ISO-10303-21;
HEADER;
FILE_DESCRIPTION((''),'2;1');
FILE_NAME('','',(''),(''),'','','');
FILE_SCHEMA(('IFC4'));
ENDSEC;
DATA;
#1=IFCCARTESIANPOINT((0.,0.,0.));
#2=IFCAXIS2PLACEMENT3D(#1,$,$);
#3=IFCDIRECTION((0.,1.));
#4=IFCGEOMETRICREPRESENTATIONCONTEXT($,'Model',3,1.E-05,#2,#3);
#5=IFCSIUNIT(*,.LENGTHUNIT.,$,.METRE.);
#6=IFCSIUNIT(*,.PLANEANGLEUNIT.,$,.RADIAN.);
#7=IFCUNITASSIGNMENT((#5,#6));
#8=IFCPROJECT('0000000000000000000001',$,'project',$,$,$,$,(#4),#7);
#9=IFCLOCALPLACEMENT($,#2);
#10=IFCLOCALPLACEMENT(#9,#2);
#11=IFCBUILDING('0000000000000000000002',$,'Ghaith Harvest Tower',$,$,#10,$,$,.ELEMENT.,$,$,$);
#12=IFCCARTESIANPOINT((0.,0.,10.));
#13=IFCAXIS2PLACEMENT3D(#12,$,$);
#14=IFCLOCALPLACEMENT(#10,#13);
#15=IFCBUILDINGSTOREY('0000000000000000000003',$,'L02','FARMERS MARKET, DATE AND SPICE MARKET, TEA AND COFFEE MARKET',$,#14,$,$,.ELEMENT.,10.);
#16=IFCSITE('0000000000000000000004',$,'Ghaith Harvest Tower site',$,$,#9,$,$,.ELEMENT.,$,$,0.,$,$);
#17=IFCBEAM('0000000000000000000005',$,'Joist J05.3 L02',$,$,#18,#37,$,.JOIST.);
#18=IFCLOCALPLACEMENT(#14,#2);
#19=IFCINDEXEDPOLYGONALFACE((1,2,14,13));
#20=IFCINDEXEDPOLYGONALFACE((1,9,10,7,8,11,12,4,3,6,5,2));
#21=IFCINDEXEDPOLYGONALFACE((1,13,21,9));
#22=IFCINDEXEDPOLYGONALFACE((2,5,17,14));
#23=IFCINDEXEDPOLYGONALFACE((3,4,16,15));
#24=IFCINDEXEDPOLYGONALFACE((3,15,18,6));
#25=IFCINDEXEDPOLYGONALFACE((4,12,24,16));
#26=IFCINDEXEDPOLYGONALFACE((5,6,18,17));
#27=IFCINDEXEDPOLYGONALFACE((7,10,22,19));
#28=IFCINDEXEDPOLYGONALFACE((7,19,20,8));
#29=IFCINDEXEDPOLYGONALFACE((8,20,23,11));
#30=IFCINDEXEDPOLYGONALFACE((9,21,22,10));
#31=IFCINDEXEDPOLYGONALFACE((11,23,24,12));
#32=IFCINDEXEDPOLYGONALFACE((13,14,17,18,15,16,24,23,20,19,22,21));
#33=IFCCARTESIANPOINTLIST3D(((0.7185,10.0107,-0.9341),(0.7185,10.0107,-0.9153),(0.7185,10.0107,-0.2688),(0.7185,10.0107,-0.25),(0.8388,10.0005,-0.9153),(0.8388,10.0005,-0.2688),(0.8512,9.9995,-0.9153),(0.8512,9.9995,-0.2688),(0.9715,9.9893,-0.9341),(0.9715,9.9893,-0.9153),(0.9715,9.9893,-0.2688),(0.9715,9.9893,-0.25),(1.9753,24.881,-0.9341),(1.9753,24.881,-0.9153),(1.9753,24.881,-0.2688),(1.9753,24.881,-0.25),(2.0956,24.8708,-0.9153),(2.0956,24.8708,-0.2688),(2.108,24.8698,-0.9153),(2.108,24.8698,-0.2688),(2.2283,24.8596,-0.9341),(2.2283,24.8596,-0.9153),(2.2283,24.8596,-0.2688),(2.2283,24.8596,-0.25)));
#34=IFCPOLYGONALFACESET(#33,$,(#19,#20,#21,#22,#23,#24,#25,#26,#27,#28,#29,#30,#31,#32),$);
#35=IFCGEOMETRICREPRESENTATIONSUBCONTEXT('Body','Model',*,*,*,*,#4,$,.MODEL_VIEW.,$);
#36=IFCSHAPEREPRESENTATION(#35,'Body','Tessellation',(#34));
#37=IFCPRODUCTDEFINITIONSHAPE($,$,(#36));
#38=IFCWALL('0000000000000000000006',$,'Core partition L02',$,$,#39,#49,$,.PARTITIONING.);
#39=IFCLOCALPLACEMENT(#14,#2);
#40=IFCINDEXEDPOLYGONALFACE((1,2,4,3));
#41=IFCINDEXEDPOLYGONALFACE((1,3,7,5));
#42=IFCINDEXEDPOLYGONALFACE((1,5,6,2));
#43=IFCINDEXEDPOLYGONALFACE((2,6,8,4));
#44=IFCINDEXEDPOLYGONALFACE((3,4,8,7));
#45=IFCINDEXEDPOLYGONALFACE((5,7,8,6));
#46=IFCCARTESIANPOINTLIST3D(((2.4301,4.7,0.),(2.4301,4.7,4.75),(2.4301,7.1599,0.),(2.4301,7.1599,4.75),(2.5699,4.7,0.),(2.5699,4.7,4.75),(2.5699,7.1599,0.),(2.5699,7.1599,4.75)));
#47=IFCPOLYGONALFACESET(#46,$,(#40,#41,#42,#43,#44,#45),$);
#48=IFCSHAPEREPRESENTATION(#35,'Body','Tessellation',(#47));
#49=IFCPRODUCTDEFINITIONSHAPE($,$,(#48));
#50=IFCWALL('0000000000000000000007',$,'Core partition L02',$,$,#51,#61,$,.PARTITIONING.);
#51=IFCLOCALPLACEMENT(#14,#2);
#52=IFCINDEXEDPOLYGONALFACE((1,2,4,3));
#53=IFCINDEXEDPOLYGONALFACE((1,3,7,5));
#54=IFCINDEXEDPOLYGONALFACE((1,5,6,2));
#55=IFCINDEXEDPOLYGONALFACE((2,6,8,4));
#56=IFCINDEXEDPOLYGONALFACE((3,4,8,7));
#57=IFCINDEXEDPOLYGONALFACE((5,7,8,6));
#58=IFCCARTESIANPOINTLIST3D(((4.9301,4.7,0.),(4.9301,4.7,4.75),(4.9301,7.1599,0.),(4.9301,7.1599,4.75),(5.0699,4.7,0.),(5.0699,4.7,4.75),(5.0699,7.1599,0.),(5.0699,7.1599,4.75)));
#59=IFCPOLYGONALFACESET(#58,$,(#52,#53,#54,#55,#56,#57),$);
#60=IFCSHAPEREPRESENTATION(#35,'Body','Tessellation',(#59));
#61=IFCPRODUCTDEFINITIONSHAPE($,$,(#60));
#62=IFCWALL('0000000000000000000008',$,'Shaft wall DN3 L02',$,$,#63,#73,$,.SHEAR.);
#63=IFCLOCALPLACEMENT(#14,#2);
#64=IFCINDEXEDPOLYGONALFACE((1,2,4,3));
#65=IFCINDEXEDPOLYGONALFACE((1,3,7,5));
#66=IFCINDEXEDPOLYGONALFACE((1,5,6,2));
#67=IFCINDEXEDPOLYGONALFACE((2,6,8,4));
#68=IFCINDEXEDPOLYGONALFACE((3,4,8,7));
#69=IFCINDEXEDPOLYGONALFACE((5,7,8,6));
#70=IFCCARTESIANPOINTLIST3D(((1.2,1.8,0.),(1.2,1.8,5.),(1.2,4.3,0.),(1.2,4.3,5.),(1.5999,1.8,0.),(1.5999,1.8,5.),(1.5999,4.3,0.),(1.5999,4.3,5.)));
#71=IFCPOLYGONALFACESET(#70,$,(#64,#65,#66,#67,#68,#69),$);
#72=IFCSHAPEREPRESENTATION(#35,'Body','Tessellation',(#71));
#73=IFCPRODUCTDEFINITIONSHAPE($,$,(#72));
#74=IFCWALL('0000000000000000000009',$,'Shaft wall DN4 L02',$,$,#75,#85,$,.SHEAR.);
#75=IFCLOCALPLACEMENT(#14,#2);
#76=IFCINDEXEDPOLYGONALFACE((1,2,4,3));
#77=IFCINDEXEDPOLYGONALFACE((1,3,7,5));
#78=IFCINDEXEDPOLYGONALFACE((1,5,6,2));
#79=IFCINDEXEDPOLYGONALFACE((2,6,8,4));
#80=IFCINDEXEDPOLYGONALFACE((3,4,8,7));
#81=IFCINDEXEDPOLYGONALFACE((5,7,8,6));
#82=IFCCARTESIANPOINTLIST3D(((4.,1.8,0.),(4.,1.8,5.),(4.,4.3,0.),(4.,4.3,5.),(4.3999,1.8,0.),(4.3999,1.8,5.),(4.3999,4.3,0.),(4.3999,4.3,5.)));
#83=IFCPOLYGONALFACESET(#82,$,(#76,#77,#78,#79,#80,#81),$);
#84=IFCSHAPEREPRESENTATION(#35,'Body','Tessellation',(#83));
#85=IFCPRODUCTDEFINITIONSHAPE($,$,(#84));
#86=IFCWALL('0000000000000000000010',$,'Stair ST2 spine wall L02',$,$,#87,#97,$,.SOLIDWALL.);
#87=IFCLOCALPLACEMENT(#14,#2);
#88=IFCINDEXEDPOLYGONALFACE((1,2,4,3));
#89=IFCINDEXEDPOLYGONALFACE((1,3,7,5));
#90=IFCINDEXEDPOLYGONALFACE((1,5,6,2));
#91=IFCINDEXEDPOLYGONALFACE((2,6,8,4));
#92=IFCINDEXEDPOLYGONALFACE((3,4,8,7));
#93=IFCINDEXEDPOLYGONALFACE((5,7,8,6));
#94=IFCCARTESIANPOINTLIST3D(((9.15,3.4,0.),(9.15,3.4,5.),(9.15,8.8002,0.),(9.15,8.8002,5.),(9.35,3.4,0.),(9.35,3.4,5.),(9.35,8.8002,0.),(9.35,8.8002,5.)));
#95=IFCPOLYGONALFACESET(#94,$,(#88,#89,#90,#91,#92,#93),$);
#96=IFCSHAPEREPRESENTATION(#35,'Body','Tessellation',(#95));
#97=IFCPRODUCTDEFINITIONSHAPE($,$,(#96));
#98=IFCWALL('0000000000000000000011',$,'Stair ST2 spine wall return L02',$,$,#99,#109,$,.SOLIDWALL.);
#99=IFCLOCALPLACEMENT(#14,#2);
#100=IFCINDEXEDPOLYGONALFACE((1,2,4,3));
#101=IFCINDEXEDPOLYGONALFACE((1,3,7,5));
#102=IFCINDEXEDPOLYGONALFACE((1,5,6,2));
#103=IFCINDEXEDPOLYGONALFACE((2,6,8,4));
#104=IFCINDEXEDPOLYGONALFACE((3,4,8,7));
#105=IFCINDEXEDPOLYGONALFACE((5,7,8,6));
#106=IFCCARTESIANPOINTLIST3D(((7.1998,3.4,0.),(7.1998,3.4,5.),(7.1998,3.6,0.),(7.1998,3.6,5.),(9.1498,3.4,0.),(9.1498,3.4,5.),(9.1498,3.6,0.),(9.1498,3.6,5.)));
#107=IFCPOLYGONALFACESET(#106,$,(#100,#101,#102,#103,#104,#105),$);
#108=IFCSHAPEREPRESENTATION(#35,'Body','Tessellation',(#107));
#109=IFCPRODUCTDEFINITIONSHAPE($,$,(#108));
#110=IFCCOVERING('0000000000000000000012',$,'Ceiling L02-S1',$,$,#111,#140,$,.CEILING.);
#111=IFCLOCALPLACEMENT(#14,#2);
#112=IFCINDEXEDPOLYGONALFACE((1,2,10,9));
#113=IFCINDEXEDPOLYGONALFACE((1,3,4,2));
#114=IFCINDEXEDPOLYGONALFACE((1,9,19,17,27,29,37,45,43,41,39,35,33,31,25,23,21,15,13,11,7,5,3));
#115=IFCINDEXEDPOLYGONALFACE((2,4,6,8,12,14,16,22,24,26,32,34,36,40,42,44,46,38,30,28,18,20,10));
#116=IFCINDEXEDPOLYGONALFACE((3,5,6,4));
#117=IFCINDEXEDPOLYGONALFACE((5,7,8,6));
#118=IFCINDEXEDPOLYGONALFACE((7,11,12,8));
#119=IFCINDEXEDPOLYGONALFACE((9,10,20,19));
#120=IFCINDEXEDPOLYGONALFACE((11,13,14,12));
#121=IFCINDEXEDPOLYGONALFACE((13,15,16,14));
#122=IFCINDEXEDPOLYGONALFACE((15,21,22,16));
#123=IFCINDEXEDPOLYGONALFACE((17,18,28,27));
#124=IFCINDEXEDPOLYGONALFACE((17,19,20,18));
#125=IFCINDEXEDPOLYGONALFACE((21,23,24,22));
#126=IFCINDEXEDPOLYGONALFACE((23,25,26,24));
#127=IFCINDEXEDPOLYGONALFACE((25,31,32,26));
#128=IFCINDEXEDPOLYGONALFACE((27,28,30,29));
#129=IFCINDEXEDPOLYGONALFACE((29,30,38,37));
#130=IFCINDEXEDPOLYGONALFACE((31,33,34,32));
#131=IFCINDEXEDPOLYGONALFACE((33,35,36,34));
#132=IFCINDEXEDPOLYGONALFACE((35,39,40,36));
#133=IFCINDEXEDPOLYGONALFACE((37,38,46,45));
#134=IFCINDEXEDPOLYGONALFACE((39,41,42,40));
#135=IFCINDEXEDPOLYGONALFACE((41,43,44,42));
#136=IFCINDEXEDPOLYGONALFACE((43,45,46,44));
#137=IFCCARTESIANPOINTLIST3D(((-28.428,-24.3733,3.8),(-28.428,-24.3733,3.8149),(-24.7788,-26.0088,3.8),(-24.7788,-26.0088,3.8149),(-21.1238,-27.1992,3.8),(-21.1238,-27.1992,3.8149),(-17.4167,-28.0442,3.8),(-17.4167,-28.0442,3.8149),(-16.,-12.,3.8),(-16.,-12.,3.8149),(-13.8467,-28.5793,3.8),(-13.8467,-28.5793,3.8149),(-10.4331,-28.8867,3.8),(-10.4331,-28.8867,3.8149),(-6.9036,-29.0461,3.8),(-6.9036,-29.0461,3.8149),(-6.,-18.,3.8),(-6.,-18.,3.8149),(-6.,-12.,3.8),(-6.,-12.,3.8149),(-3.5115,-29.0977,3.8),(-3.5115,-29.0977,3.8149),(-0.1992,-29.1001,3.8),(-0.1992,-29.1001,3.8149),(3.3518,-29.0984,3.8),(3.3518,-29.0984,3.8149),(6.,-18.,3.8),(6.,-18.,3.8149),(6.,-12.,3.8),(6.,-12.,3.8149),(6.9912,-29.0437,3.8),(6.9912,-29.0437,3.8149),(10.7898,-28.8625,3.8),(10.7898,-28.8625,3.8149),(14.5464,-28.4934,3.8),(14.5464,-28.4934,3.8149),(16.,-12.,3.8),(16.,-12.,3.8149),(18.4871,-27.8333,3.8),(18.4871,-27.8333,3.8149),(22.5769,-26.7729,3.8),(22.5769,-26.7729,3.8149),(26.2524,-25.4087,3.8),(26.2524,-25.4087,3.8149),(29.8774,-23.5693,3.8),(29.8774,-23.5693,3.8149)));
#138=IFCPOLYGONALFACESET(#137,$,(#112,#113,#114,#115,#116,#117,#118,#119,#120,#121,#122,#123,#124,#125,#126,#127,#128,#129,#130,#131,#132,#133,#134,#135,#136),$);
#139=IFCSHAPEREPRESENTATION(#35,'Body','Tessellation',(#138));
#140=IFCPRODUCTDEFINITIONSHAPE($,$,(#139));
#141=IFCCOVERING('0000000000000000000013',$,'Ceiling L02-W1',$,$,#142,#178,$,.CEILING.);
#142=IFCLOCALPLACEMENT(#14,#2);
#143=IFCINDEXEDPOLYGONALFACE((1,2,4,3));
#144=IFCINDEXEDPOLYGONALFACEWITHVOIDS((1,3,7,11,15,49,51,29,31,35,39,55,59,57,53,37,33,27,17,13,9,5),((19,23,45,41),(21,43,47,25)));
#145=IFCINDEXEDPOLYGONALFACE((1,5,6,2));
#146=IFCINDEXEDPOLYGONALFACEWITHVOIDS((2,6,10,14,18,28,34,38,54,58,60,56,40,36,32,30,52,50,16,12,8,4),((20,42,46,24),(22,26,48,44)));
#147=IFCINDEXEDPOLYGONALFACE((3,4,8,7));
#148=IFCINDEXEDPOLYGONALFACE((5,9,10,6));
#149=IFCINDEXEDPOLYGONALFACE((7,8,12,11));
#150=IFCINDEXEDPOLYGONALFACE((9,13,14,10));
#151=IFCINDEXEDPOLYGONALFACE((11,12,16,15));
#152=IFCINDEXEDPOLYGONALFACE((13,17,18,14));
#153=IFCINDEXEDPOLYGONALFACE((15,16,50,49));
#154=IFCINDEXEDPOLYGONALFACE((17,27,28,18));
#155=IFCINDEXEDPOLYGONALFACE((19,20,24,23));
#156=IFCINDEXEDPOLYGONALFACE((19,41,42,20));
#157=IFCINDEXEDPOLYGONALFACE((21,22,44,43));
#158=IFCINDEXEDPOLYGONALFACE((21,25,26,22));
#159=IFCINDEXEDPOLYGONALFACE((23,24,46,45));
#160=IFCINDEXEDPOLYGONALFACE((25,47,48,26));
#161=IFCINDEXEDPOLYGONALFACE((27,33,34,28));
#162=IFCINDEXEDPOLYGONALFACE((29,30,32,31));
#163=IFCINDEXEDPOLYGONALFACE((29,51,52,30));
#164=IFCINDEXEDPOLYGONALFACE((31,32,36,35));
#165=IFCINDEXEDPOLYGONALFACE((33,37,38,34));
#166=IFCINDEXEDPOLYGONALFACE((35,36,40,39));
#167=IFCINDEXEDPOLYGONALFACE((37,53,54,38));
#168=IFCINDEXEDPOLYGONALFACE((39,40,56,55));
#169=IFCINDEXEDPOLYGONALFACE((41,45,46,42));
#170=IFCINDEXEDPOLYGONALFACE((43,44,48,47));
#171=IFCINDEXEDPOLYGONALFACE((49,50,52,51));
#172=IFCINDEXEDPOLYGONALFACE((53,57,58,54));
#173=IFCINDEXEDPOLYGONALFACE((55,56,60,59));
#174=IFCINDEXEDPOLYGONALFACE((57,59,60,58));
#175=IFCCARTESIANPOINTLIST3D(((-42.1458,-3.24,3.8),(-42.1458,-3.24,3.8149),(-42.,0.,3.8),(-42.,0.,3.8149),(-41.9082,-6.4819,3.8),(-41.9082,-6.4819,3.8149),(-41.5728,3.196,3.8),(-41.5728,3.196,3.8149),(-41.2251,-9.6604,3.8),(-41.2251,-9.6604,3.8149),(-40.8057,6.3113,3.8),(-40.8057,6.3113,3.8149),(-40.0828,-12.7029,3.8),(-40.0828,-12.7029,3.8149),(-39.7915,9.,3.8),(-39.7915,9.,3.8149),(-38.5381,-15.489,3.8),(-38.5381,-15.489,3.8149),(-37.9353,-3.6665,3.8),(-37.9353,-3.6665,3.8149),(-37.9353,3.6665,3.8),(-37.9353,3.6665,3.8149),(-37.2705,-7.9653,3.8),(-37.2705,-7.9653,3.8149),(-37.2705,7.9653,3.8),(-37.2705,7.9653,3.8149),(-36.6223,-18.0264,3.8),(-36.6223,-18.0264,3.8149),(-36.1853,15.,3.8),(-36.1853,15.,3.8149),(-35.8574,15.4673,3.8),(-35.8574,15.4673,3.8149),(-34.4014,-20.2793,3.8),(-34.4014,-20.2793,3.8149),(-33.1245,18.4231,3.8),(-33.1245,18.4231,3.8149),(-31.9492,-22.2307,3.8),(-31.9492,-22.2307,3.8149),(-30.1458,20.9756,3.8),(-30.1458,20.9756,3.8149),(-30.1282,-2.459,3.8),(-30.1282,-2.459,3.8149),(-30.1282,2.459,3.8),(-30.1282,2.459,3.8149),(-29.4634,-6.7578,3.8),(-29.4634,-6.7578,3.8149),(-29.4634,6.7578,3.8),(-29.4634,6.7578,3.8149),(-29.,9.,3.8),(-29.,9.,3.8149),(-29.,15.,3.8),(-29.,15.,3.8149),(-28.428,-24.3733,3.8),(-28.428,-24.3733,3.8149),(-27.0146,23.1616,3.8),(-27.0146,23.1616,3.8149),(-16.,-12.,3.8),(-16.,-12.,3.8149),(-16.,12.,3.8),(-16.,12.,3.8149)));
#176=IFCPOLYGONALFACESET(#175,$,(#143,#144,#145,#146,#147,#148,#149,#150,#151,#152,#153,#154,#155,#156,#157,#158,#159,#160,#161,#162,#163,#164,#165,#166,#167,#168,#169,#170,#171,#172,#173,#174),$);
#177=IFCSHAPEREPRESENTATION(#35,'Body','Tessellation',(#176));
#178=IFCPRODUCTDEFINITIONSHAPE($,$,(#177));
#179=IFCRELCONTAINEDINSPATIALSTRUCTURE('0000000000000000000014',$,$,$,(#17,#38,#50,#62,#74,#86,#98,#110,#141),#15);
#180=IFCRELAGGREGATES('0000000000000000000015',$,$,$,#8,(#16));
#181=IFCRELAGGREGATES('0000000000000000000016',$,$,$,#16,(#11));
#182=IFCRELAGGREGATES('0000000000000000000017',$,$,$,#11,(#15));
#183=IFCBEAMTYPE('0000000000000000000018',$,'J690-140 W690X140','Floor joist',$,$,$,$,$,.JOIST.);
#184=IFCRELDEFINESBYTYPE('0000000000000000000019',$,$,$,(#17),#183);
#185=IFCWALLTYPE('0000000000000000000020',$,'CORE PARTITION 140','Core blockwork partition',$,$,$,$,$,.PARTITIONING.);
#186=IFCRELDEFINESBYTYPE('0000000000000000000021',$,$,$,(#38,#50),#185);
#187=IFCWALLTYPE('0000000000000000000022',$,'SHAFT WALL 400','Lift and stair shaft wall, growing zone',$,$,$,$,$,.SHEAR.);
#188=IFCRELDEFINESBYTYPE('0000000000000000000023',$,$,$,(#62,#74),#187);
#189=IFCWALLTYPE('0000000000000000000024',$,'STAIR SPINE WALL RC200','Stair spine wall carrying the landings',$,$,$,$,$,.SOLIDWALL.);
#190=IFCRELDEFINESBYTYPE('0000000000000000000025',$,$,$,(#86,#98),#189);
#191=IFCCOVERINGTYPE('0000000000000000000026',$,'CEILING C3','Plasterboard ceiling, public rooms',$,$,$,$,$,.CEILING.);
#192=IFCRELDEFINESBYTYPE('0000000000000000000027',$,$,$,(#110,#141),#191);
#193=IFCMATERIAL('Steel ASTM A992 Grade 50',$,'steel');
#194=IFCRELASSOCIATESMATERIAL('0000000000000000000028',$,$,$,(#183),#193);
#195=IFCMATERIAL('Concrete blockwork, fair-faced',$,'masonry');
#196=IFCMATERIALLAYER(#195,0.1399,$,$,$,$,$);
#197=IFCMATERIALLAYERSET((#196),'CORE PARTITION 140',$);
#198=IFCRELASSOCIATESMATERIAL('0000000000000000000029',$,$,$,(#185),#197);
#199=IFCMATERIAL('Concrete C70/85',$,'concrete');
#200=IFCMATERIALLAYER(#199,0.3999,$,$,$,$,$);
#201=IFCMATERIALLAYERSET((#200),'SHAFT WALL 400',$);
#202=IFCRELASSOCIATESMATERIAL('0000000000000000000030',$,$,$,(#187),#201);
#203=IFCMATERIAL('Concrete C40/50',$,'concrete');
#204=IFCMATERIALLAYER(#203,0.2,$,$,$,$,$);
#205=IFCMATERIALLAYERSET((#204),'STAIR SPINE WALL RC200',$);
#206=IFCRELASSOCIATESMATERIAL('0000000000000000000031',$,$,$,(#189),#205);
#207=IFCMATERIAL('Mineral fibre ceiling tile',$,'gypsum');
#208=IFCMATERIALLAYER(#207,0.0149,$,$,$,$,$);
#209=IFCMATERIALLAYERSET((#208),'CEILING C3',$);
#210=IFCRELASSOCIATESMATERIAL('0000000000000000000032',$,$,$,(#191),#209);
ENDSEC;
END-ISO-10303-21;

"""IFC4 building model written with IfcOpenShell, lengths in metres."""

from ifc_helpers import new_model, si_unit, direction, frame, frame_2d, origin, origin_2d, place, context, subcontext, project, spatial, polyline, rectangle, i_section, outline, extrude, material, layer, layer_set, material_profile, profile_set, type_object, element, save


model = new_model("IFC4")

# Units and contexts
model_context = context("Model", 3, precision=1e-05, world=origin(), true_north=direction((0.0, 1.0)))
body_context = subcontext(model_context, "Body", "Model", "MODEL_VIEW")
ifc_project = project(units=[si_unit("LENGTHUNIT", "METRE"), si_unit("PLANEANGLEUNIT", "RADIAN")], contexts=[model_context])

# Site, building, storey
site_placement = place(None, origin())
site = spatial("IfcSite", under=ifc_project, at=site_placement, Name="Ghaith Harvest Tower site", CompositionType="ELEMENT", RefElevation=0.0)
building_placement = place(site_placement, origin())
building = spatial("IfcBuilding", under=site, at=building_placement, Name="Ghaith Harvest Tower", CompositionType="ELEMENT")
storey_placement = place(building_placement, frame((0.0, 0.0, 10.0)))
storey = spatial("IfcBuildingStorey", under=building, at=storey_placement, Name="L02", Description="FARMERS MARKET, DATE AND SPICE MARKET, TEA AND COFFEE MARKET", CompositionType="ELEMENT", Elevation=10.0)

# Beam
ifc_material_1 = material(Name="Steel ASTM A992 Grade 50", Category="steel")
ifc_material_profile_1 = material_profile(ifc_material_1, i_section(OverallWidth=0.2539, OverallDepth=0.6841, WebThickness=0.0125, FlangeThickness=0.0188, at=origin_2d()), Name="W690X140")
ifc_profile_set_1 = profile_set([ifc_material_profile_1], Name="Steel ASTM A992 Grade 50")
beam_type_1 = type_object("IfcBeamType", Name="J690-140 W690X140", Description="Floor joist", PredefinedType="JOIST", material=ifc_profile_set_1)
beam_1_placement = place(storey_placement, frame((0.845, 10.0, -0.592), z_axis=(0.084219, 0.996447, 0.0), x_axis=(-0.996447, 0.084219, 0.0)))
element("IfcBeam", 1, at=beam_1_placement, inside=storey, type_object=beam_type_1, Name="Joist J05.3 L02", PredefinedType="JOIST", context=body_context, shape_type="SweptSolid", body=[
    extrude(i_section(OverallWidth=0.2539, OverallDepth=0.6841, WebThickness=0.0125, FlangeThickness=0.0188, at=origin_2d()), origin(), (0.0, 0.0, 1.0), 14.9233),
])

# Walls
ifc_material_2 = material(Name="Concrete blockwork, fair-faced", Category="masonry")
ifc_layer_1 = layer(ifc_material_2, 0.1399)
ifc_layer_set_1 = layer_set([ifc_layer_1], Name="CORE PARTITION 140")
wall_type_1 = type_object("IfcWallType", Name="CORE PARTITION 140", Description="Core blockwork partition", PredefinedType="PARTITIONING", material=ifc_layer_set_1)
for number, where, z_axis, x_axis, name in (
    (2, (2.5, 4.7, 0.0), (0.0, 0.0, 1.0), (0.0, 1.0, 0.0), "Core partition L02"),
    (3, (5.0, 4.7, 0.0), (0.0, 0.0, 1.0), (0.0, 1.0, 0.0), "Core partition L02"),
):
    element("IfcWall", number, at=place(storey_placement, frame(where, z_axis=z_axis, x_axis=x_axis)), inside=storey, type_object=wall_type_1, Name=name, PredefinedType="PARTITIONING", context=body_context, shape_type="SweptSolid", body=[
        extrude(rectangle(XDim=2.46, YDim=0.1399, at=frame_2d((1.23, 0.0))), origin(), (0.0, 0.0, 1.0), 4.75),
    ])

# Shared definitions
ifc_material_3 = material(Name="Concrete C70/85", Category="concrete")
ifc_layer_2 = layer(ifc_material_3, 0.3999)
ifc_layer_set_2 = layer_set([ifc_layer_2], Name="SHAFT WALL 400")
wall_type_2 = type_object("IfcWallType", Name="SHAFT WALL 400", Description="Lift and stair shaft wall, growing zone", PredefinedType="SHEAR", material=ifc_layer_set_2)

# Walls
for number, where, z_axis, x_axis, name in (
    (4, (1.3999, 1.8, 0.0), (0.0, 0.0, 1.0), (0.0, 1.0, 0.0), "Shaft wall DN3 L02"),
    (5, (4.2, 1.8, 0.0), (0.0, 0.0, 1.0), (0.0, 1.0, 0.0), "Shaft wall DN4 L02"),
):
    element("IfcWall", number, at=place(storey_placement, frame(where, z_axis=z_axis, x_axis=x_axis)), inside=storey, type_object=wall_type_2, Name=name, PredefinedType="SHEAR", context=body_context, shape_type="SweptSolid", body=[
        extrude(rectangle(XDim=2.5, YDim=0.3999, at=frame_2d((1.25, 0.0))), origin(), (0.0, 0.0, 1.0), 5.0),
    ])
ifc_material_4 = material(Name="Concrete C40/50", Category="concrete")
ifc_layer_3 = layer(ifc_material_4, 0.2)
ifc_layer_set_3 = layer_set([ifc_layer_3], Name="STAIR SPINE WALL RC200")
wall_type_3 = type_object("IfcWallType", Name="STAIR SPINE WALL RC200", Description="Stair spine wall carrying the landings", PredefinedType="SOLIDWALL", material=ifc_layer_set_3)
wall_1_placement = place(storey_placement, frame((9.25, 3.3999, 0.0), z_axis=(0.0, 0.0, 1.0), x_axis=(0.0, 1.0, 0.0)))
element("IfcWall", 6, at=wall_1_placement, inside=storey, type_object=wall_type_3, Name="Stair ST2 spine wall L02", PredefinedType="SOLIDWALL", context=body_context, shape_type="SweptSolid", body=[
    extrude(rectangle(XDim=5.4001, YDim=0.2, at=frame_2d((2.7002, 0.0))), origin(), (0.0, 0.0, 1.0), 5.0),
])
wall_2_placement = place(storey_placement, frame((9.1499, 3.5, 0.0), z_axis=(0.0, 0.0, 1.0), x_axis=(-1.0, 0.0, 0.0)))
element("IfcWall", 7, at=wall_2_placement, inside=storey, type_object=wall_type_3, Name="Stair ST2 spine wall return L02", PredefinedType="SOLIDWALL", context=body_context, shape_type="SweptSolid", body=[
    extrude(rectangle(XDim=1.95, YDim=0.2, at=frame_2d((0.9751, 0.0))), origin(), (0.0, 0.0, 1.0), 5.0),
])

# Coverings
ifc_material_5 = material(Name="Mineral fibre ceiling tile", Category="gypsum")
ifc_layer_4 = layer(ifc_material_5, 0.0149)
ifc_layer_set_4 = layer_set([ifc_layer_4], Name="CEILING C3")
covering_type = type_object("IfcCoveringType", Name="CEILING C3", Description="Plasterboard ceiling, public rooms", PredefinedType="CEILING", material=ifc_layer_set_4)
covering_1_placement = place(storey_placement, frame((0.0, 0.0, 3.8)))
element("IfcCovering", 8, at=covering_1_placement, inside=storey, type_object=covering_type, Name="Ceiling L02-S1", PredefinedType="CEILING", context=body_context, shape_type="SweptSolid", body=[
    extrude(outline(polyline([(18.4871, -27.8333), (14.5464, -28.4934), (10.7898, -28.8625), (6.9912, -29.0437), (3.3518, -29.0984), (-0.1992, -29.1001), (-3.5115, -29.0977), (-6.9036, -29.0461), (-10.4331, -28.8867), (-13.8467, -28.5793), (-17.4167, -28.0442), (-21.1238, -27.1992), (-24.7788, -26.0088), (-28.428, -24.3733), (-16.0, -12.0), (-6.0, -12.0), (-6.0, -18.0), (6.0, -18.0), (6.0, -12.0), (16.0, -12.0), (29.8774, -23.5693), (26.2524, -25.4087), (22.5769, -26.7729), (18.4871, -27.8333)])), origin(), (0.0, 0.0, 1.0), 0.0149),
])
covering_2_placement = place(storey_placement, frame((0.0, 0.0, 3.8)))
element("IfcCovering", 9, at=covering_2_placement, inside=storey, type_object=covering_type, Name="Ceiling L02-W1", PredefinedType="CEILING", context=body_context, shape_type="SweptSolid", body=[
    extrude(outline(polyline([(-31.9492, -22.2307), (-34.4014, -20.2793), (-36.6223, -18.0264), (-38.5381, -15.489), (-40.0828, -12.7029), (-41.2251, -9.6604), (-41.9082, -6.4819), (-42.1458, -3.24), (-42.0, 0.0), (-41.5728, 3.196), (-40.8057, 6.3113), (-39.7915, 9.0), (-29.0, 9.0), (-29.0, 15.0), (-36.1853, 15.0), (-38.2129, 12.1104), (-35.8574, 15.4673), (-33.1245, 18.4231), (-30.1458, 20.9756), (-27.0146, 23.1616), (-16.0, 12.0), (-16.0, -12.0), (-28.428, -24.3733), (-31.9492, -22.2307)]), holes=[polyline([(-37.2705, 7.9653), (-37.9353, 3.6665), (-30.1282, 2.459), (-29.4634, 6.7578), (-37.2705, 7.9653)]), polyline([(-30.1282, -2.459), (-37.9353, -3.6665), (-37.2705, -7.9653), (-29.4634, -6.7578), (-30.1282, -2.459)])]), origin(), (0.0, 0.0, 1.0), 0.0149),
])

save(model, "model.ifc")
